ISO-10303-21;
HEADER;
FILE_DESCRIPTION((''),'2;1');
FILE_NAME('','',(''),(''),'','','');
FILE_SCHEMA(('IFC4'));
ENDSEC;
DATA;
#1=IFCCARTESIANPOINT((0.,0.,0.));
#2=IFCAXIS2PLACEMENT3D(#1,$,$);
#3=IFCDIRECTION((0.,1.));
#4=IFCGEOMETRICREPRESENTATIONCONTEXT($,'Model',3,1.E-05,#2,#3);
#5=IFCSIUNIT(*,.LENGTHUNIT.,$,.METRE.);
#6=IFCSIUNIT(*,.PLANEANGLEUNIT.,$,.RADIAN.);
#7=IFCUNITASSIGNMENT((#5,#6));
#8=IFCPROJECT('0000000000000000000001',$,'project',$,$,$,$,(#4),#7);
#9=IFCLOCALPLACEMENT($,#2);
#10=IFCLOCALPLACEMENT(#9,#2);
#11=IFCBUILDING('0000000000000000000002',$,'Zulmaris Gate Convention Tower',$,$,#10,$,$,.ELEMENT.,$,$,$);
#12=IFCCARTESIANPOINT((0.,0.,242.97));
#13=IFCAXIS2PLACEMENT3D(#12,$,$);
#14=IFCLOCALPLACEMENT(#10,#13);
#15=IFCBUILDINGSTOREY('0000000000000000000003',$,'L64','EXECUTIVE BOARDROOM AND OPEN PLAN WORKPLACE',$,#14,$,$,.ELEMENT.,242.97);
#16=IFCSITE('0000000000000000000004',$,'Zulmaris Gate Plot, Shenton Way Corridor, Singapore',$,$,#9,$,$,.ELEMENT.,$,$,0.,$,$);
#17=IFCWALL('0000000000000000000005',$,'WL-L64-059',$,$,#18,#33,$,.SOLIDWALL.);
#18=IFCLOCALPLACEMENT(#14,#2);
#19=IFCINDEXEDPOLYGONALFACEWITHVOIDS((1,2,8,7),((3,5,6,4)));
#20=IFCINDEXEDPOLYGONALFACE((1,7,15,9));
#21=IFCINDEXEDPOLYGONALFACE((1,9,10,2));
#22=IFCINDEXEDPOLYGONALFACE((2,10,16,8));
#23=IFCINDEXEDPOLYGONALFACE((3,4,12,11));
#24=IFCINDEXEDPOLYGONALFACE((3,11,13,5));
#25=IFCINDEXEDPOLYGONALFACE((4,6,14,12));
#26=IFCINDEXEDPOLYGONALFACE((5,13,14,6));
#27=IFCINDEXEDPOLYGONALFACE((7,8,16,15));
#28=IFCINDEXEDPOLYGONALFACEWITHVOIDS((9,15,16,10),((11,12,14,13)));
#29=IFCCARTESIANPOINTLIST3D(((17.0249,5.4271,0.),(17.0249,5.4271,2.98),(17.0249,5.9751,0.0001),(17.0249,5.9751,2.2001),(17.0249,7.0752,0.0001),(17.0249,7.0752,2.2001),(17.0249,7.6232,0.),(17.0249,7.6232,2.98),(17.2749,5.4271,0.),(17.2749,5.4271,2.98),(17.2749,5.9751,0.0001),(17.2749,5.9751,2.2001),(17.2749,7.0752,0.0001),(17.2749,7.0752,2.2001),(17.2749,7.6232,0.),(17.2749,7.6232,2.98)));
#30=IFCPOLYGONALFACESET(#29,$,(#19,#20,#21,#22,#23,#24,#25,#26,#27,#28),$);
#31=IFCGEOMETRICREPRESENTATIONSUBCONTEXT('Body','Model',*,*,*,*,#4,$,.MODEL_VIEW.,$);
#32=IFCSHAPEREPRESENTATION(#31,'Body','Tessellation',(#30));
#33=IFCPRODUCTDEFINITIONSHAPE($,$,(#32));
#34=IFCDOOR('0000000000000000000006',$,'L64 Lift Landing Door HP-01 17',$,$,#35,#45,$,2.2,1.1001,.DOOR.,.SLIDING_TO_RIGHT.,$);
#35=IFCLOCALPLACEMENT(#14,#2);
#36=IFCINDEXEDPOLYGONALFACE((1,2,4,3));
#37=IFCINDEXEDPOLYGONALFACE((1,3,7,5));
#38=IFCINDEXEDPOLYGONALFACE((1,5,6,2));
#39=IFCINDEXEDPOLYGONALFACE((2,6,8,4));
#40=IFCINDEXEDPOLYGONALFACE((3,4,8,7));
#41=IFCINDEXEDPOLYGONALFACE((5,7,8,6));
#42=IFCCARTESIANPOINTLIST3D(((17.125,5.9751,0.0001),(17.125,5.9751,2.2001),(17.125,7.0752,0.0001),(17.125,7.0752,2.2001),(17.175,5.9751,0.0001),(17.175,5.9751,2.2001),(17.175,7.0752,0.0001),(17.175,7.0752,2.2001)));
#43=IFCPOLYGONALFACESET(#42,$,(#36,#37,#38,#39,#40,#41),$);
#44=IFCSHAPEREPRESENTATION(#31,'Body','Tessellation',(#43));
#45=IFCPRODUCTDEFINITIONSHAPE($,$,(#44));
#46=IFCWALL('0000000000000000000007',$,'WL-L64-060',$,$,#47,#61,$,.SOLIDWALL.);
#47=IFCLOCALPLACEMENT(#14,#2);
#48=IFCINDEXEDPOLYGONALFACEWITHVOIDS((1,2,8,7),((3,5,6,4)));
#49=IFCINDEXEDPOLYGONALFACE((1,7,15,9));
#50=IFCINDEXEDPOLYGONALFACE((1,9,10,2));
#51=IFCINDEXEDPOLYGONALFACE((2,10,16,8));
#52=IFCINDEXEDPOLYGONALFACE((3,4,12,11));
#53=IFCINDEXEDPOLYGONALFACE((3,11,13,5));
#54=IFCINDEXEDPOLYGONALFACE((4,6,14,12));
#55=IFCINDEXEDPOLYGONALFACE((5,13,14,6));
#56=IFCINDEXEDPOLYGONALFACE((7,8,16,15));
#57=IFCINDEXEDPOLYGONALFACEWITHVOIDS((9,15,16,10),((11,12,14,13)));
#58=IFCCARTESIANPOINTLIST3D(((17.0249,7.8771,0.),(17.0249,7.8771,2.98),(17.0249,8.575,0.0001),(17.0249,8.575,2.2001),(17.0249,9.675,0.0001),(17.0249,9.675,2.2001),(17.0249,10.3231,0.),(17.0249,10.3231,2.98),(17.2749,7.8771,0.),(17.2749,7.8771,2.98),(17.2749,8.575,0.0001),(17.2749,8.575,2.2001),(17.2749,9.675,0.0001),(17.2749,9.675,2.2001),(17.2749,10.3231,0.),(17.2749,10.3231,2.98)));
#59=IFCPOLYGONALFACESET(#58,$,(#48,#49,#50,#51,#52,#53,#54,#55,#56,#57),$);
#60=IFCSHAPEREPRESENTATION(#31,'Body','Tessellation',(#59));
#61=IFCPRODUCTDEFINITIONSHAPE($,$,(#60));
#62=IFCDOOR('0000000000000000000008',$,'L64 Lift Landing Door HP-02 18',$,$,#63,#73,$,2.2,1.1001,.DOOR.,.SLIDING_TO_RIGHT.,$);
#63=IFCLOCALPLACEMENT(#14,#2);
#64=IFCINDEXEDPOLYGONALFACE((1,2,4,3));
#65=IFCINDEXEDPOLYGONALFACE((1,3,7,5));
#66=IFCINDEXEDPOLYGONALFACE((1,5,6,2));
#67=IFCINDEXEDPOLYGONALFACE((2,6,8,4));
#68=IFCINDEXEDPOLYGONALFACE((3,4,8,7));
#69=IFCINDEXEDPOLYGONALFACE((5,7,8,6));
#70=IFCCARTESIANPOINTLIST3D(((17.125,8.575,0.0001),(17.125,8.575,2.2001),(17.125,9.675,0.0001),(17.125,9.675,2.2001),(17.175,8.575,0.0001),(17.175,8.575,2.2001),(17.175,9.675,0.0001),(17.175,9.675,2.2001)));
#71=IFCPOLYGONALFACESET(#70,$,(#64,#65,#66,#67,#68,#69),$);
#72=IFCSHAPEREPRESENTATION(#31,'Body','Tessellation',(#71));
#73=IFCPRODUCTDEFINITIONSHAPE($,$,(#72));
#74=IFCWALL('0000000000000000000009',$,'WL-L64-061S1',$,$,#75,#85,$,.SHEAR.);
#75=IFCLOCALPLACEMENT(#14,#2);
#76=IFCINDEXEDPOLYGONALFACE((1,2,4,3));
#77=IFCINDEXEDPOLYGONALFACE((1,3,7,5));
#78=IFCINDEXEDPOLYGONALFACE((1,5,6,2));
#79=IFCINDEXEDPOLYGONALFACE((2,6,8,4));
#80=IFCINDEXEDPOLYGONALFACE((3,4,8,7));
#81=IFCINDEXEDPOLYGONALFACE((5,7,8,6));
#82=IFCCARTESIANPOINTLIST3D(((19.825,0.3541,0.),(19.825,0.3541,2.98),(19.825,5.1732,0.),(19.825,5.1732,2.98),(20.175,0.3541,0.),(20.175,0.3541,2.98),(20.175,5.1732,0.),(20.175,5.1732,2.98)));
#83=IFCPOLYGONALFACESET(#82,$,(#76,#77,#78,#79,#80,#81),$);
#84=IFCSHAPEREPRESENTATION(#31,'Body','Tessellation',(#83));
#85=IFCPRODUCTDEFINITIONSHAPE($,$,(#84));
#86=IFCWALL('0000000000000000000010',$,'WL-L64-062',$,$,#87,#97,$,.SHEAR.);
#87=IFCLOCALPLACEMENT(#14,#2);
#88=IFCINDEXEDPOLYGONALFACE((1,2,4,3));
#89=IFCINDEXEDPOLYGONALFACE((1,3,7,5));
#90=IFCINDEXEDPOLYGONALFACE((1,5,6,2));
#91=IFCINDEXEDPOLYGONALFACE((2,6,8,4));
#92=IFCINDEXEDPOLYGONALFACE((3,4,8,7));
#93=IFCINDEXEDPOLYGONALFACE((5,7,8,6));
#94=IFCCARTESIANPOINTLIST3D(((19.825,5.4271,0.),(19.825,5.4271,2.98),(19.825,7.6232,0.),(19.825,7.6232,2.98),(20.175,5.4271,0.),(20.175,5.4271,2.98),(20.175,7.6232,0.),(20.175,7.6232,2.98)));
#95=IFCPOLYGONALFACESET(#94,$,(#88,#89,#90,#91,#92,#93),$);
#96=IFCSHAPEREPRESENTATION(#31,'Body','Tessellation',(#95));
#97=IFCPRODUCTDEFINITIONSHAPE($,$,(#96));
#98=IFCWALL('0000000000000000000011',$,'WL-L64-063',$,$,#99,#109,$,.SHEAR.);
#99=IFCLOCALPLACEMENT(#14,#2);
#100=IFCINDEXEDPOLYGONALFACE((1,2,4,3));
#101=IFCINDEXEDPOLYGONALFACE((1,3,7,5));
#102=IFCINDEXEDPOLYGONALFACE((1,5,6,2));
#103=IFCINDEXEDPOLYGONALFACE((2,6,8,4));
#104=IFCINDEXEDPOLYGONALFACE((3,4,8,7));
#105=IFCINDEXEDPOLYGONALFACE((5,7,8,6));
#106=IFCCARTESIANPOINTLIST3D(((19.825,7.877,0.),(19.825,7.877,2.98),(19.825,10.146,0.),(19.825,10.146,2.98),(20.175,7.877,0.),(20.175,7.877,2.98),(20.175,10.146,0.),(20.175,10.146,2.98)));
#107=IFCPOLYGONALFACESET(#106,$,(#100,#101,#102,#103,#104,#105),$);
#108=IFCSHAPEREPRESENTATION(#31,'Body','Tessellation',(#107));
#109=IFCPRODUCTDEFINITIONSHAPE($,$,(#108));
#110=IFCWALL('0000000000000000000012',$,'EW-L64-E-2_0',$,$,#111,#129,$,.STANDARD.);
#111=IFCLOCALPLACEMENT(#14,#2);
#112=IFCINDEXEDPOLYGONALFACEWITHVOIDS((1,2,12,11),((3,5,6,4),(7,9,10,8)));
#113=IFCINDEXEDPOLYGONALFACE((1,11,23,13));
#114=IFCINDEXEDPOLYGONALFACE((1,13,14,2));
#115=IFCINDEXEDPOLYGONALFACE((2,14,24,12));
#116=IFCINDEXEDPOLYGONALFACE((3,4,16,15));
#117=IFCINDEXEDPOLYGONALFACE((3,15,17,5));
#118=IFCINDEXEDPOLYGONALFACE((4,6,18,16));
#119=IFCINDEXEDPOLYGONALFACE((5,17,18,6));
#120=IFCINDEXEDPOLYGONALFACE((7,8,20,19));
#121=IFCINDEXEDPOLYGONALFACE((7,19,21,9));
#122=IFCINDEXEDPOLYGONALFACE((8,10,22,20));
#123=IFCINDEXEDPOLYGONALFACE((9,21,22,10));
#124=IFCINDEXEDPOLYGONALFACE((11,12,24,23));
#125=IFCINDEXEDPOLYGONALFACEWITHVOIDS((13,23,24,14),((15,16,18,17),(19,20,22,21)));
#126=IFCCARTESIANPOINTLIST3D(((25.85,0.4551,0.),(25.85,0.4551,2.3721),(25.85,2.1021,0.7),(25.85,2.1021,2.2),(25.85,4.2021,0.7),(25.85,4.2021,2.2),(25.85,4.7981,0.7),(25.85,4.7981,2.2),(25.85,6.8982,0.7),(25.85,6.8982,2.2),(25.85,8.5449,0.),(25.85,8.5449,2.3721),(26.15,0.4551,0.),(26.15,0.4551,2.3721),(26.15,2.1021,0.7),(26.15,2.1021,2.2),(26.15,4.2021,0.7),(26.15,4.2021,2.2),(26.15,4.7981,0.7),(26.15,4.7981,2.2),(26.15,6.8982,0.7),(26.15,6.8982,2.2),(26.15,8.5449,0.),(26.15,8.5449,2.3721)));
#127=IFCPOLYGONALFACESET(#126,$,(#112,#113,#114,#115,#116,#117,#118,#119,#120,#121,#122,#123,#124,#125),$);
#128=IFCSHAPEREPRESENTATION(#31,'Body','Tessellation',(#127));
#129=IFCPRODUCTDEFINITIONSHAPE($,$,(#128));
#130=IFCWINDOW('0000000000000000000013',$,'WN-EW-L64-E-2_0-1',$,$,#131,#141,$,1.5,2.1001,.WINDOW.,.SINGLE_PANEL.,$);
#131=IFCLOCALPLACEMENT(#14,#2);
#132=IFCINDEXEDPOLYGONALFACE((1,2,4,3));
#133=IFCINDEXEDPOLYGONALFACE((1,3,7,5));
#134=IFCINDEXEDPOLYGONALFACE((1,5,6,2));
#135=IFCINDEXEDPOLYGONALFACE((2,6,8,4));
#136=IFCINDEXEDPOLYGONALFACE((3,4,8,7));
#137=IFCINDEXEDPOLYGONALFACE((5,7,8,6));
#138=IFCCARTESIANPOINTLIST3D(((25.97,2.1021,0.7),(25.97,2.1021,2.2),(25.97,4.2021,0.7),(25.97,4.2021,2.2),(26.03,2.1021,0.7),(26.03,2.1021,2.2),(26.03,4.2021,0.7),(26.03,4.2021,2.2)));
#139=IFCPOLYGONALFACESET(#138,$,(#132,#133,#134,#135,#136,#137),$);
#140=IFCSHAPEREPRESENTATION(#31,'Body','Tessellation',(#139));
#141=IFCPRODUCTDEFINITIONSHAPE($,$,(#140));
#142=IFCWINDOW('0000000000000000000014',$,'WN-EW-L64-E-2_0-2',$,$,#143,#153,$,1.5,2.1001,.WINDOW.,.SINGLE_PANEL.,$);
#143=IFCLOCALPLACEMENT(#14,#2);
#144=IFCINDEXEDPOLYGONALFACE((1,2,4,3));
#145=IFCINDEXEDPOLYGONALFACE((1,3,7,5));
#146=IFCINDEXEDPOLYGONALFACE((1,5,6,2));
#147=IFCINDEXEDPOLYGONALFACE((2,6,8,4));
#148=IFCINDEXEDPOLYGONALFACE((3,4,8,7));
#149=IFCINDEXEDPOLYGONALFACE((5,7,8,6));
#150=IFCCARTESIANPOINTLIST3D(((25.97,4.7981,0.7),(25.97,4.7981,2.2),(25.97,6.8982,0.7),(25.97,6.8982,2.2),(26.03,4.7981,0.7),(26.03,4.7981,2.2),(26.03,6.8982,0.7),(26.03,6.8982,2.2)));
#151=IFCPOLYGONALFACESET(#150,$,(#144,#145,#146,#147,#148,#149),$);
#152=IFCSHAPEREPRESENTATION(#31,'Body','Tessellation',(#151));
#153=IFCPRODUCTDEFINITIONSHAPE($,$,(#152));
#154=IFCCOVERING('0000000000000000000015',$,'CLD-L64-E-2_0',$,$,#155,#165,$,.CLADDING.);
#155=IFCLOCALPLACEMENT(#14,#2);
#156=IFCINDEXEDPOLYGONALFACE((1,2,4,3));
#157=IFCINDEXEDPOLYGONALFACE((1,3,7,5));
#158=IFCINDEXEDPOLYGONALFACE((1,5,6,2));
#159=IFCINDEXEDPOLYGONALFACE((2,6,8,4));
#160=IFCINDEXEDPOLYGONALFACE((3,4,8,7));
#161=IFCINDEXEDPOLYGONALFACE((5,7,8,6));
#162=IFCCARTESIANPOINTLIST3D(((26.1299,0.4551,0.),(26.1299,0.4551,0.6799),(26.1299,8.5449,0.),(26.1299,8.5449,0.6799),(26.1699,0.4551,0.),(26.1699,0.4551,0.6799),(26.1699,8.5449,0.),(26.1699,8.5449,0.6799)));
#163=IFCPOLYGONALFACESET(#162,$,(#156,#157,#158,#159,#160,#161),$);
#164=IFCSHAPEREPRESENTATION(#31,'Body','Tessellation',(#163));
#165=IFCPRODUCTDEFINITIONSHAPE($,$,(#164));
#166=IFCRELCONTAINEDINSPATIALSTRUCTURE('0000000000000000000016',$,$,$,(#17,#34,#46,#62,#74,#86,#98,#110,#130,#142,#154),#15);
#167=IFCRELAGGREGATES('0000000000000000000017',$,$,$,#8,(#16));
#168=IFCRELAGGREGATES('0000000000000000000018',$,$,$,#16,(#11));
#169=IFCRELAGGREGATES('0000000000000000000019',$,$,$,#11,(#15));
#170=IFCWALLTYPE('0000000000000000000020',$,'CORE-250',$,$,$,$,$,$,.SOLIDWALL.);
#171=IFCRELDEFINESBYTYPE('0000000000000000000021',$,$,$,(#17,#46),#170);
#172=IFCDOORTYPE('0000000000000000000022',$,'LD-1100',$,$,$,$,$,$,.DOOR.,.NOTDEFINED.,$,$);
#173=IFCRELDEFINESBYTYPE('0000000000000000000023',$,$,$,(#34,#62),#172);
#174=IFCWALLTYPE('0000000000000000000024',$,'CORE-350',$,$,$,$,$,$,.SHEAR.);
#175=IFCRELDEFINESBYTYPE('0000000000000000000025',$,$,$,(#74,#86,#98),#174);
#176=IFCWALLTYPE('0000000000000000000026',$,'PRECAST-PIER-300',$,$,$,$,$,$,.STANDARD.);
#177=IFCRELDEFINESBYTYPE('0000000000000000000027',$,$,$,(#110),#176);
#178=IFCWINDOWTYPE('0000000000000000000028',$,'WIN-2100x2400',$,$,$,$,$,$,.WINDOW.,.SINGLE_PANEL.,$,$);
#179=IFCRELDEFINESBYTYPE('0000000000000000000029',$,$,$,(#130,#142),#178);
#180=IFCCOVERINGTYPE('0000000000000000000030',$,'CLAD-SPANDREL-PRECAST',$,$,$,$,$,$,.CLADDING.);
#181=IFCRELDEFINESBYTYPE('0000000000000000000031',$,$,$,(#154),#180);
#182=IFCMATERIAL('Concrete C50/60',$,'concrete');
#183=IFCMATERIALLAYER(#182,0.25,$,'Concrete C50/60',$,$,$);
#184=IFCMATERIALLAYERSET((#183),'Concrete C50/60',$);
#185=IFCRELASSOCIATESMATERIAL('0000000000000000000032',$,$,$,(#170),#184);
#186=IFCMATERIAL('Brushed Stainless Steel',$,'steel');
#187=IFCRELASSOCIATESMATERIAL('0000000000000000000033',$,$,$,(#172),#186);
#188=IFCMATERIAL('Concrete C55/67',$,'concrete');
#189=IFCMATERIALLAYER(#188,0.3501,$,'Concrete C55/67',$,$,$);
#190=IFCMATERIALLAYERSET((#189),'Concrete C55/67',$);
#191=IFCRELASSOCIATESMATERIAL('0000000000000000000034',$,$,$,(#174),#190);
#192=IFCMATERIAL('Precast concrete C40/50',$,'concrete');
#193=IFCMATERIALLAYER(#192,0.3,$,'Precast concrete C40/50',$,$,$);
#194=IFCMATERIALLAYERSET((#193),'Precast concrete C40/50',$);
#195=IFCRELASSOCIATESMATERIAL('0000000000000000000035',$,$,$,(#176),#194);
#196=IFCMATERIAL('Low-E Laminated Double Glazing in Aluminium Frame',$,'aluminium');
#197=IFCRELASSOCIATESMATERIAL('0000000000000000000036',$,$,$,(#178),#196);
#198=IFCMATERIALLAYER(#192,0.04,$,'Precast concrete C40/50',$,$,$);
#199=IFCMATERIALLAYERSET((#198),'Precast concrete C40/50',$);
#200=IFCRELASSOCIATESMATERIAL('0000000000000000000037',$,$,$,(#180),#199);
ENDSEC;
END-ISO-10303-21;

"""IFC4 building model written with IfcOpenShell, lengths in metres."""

from ifc_helpers import new_model, si_unit, direction, frame, frame_2d, origin, place, context, subcontext, project, spatial, rectangle, extrude, material, layer, layer_set, type_object, element, fill, save


model = new_model("IFC4")

# Units and contexts
model_context = context("Model", 3, precision=1e-05, world=origin(), true_north=direction((0.0, 1.0)))
body_context = subcontext(model_context, "Body", "Model", "MODEL_VIEW")
ifc_project = project(units=[si_unit("LENGTHUNIT", "METRE"), si_unit("PLANEANGLEUNIT", "RADIAN")], contexts=[model_context])

# Site, building, storey
site_placement = place(None, origin())
site = spatial("IfcSite", under=ifc_project, at=site_placement, Name="Zulmaris Gate Plot, Shenton Way Corridor, Singapore", CompositionType="ELEMENT", RefElevation=0.0)
building_placement = place(site_placement, origin())
building = spatial("IfcBuilding", under=site, at=building_placement, Name="Zulmaris Gate Convention Tower", CompositionType="ELEMENT")
storey_placement = place(building_placement, frame((0.0, 0.0, 242.97)))
storey = spatial("IfcBuildingStorey", under=building, at=storey_placement, Name="L64", Description="EXECUTIVE BOARDROOM AND OPEN PLAN WORKPLACE", CompositionType="ELEMENT", Elevation=242.97)

# Shared definitions
ifc_material_1 = material(Name="Concrete C50/60", Category="concrete")

# Shared definitions
ifc_layer_1 = layer(ifc_material_1, 0.25, Name="Concrete C50/60")
ifc_layer_set_1 = layer_set([ifc_layer_1], Name="Concrete C50/60")
wall_type_1 = type_object("IfcWallType", Name="CORE-250", PredefinedType="SOLIDWALL", material=ifc_layer_set_1)

# Walls, openings, doors
wall_1_placement = place(storey_placement, frame((17.1499, 5.427, 0.0), z_axis=(0.0, 0.0, 1.0), x_axis=(0.0, 1.0, 0.0)))
wall_1 = element("IfcWall", 1, at=wall_1_placement, inside=storey, type_object=wall_type_1, Name="WL-L64-059", PredefinedType="SOLIDWALL", context=body_context, shape_type="SweptSolid", body=[
    extrude(rectangle(XDim=2.196, YDim=0.25, at=frame_2d((1.0981, 0.0))), origin(), (0.0, 0.0, 1.0), 2.98),
])
opening_1_placement = place(wall_1_placement, frame((0.5481, 0.0, 0.0)))
opening_1 = element("IfcOpeningElement", 2, at=opening_1_placement, cuts=wall_1, PredefinedType="OPENING", context=body_context, shape_type="SweptSolid", body=[
    extrude(rectangle(XDim=1.1001, YDim=2.2, at=frame_2d((0.55, 1.1001))), frame((0.0, 0.135, 0.0), z_axis=(0.0, -1.0, 0.0), x_axis=(1.0, 0.0, 0.0)), (0.0, 0.0, 1.0), 0.27),
])
ifc_material_2 = material(Name="Brushed Stainless Steel", Category="steel")
door_type = type_object("IfcDoorType", Name="LD-1100", OperationType="NOTDEFINED", PredefinedType="DOOR", material=ifc_material_2)
door_1_placement = place(opening_1_placement, origin())
door_1 = element("IfcDoor", 3, at=door_1_placement, inside=storey, type_object=door_type, Name="L64 Lift Landing Door HP-01 17", OperationType="SLIDING_TO_RIGHT", OverallHeight=2.2, OverallWidth=1.1001, PredefinedType="DOOR", context=body_context, shape_type="SweptSolid", body=[
    extrude(rectangle(XDim=1.1001, YDim=2.2, at=frame_2d((0.55, 1.1001))), frame((0.0, 0.0249, 0.0), z_axis=(0.0, -1.0, 0.0), x_axis=(1.0, 0.0, 0.0)), (0.0, 0.0, 1.0), 0.05),
])
fill(opening_1, door_1)
wall_2_placement = place(storey_placement, frame((17.1499, 7.877, 0.0), z_axis=(0.0, 0.0, 1.0), x_axis=(0.0, 1.0, 0.0)))
wall_2 = element("IfcWall", 4, at=wall_2_placement, inside=storey, type_object=wall_type_1, Name="WL-L64-060", PredefinedType="SOLIDWALL", context=body_context, shape_type="SweptSolid", body=[
    extrude(rectangle(XDim=2.446, YDim=0.25, at=frame_2d((1.2231, 0.0))), origin(), (0.0, 0.0, 1.0), 2.98),
])
opening_2_placement = place(wall_2_placement, frame((0.698, 0.0, 0.0)))
opening_2 = element("IfcOpeningElement", 5, at=opening_2_placement, cuts=wall_2, PredefinedType="OPENING", context=body_context, shape_type="SweptSolid", body=[
    extrude(rectangle(XDim=1.1001, YDim=2.2, at=frame_2d((0.55, 1.1001))), frame((0.0, 0.135, 0.0), z_axis=(0.0, -1.0, 0.0), x_axis=(1.0, 0.0, 0.0)), (0.0, 0.0, 1.0), 0.27),
])
door_2_placement = place(opening_2_placement, origin())
door_2 = element("IfcDoor", 6, at=door_2_placement, inside=storey, type_object=door_type, Name="L64 Lift Landing Door HP-02 18", OperationType="SLIDING_TO_RIGHT", OverallHeight=2.2, OverallWidth=1.1001, PredefinedType="DOOR", context=body_context, shape_type="SweptSolid", body=[
    extrude(rectangle(XDim=1.1001, YDim=2.2, at=frame_2d((0.55, 1.1001))), frame((0.0, 0.0249, 0.0), z_axis=(0.0, -1.0, 0.0), x_axis=(1.0, 0.0, 0.0)), (0.0, 0.0, 1.0), 0.05),
])
fill(opening_2, door_2)

# Walls
ifc_material_3 = material(Name="Concrete C55/67", Category="concrete")
ifc_layer_2 = layer(ifc_material_3, 0.3501, Name="Concrete C55/67")
ifc_layer_set_2 = layer_set([ifc_layer_2], Name="Concrete C55/67")
wall_type_2 = type_object("IfcWallType", Name="CORE-350", PredefinedType="SHEAR", material=ifc_layer_set_2)
wall_3_placement = place(storey_placement, frame((20.0, 0.354, 0.0), z_axis=(0.0, 0.0, 1.0), x_axis=(0.0, 1.0, 0.0)))
element("IfcWall", 7, at=wall_3_placement, inside=storey, type_object=wall_type_2, Name="WL-L64-061S1", PredefinedType="SHEAR", context=body_context, shape_type="SweptSolid", body=[
    extrude(rectangle(XDim=4.8191, YDim=0.3501, at=frame_2d((2.4097, 0.0))), origin(), (0.0, 0.0, 1.0), 2.98),
])
wall_4_placement = place(storey_placement, frame((20.0, 5.427, 0.0), z_axis=(0.0, 0.0, 1.0), x_axis=(0.0, 1.0, 0.0)))
element("IfcWall", 8, at=wall_4_placement, inside=storey, type_object=wall_type_2, Name="WL-L64-062", PredefinedType="SHEAR", context=body_context, shape_type="SweptSolid", body=[
    extrude(rectangle(XDim=2.196, YDim=0.3501, at=frame_2d((1.0981, 0.0))), origin(), (0.0, 0.0, 1.0), 2.98),
])
wall_5_placement = place(storey_placement, frame((20.0, 7.877, 0.0), z_axis=(0.0, 0.0, 1.0), x_axis=(0.0, 1.0, 0.0)))
element("IfcWall", 9, at=wall_5_placement, inside=storey, type_object=wall_type_2, Name="WL-L64-063", PredefinedType="SHEAR", context=body_context, shape_type="SweptSolid", body=[
    extrude(rectangle(XDim=2.269, YDim=0.3501, at=frame_2d((1.1345, 0.0))), origin(), (0.0, 0.0, 1.0), 2.98),
])

# Wall, openings, windows
ifc_material_4 = material(Name="Precast concrete C40/50", Category="concrete")
ifc_layer_3 = layer(ifc_material_4, 0.3, Name="Precast concrete C40/50")
ifc_layer_set_3 = layer_set([ifc_layer_3], Name="Precast concrete C40/50")
wall_type_3 = type_object("IfcWallType", Name="PRECAST-PIER-300", PredefinedType="STANDARD", material=ifc_layer_set_3)
wall_6_placement = place(storey_placement, frame((26.0, 0.4551, 0.0), z_axis=(0.0, 0.0, 1.0), x_axis=(0.0, 1.0, 0.0)))
wall_6 = element("IfcWall", 10, at=wall_6_placement, inside=storey, type_object=wall_type_3, Name="EW-L64-E-2_0", PredefinedType="STANDARD", context=body_context, shape_type="SweptSolid", body=[
    extrude(rectangle(XDim=8.0898, YDim=0.3, at=frame_2d((4.0449, 0.0))), origin(), (0.0, 0.0, 1.0), 2.3721),
])
opening_3_placement = place(wall_6_placement, frame((1.647, 0.0, 0.7)))
opening_3 = element("IfcOpeningElement", 11, at=opening_3_placement, cuts=wall_6, PredefinedType="OPENING", context=body_context, shape_type="SweptSolid", body=[
    extrude(rectangle(XDim=2.1001, YDim=1.5, at=frame_2d((1.05, 0.75))), frame((0.0, 0.1602, 0.0), z_axis=(0.0, -1.0, 0.0), x_axis=(1.0, 0.0, 0.0)), (0.0, 0.0, 1.0), 0.3201),
])
opening_4_placement = place(wall_6_placement, frame((4.343, 0.0, 0.7)))
opening_4 = element("IfcOpeningElement", 12, at=opening_4_placement, cuts=wall_6, PredefinedType="OPENING", context=body_context, shape_type="SweptSolid", body=[
    extrude(rectangle(XDim=2.1001, YDim=1.5, at=frame_2d((1.05, 0.75))), frame((0.0, 0.1602, 0.0), z_axis=(0.0, -1.0, 0.0), x_axis=(1.0, 0.0, 0.0)), (0.0, 0.0, 1.0), 0.3201),
])
ifc_material_5 = material(Name="Low-E Laminated Double Glazing in Aluminium Frame", Category="aluminium")
window_type = type_object("IfcWindowType", Name="WIN-2100x2400", PartitioningType="SINGLE_PANEL", PredefinedType="WINDOW", material=ifc_material_5)
window_1_placement = place(opening_3_placement, origin())
window_1 = element("IfcWindow", 13, at=window_1_placement, inside=storey, type_object=window_type, Name="WN-EW-L64-E-2_0-1", OverallHeight=1.5, OverallWidth=2.1001, PartitioningType="SINGLE_PANEL", PredefinedType="WINDOW", context=body_context, shape_type="SweptSolid", body=[
    extrude(rectangle(XDim=2.1001, YDim=1.5, at=frame_2d((1.05, 0.75))), frame((0.0, 0.03, 0.0), z_axis=(0.0, -1.0, 0.0), x_axis=(1.0, 0.0, 0.0)), (0.0, 0.0, 1.0), 0.0601),
])
fill(opening_3, window_1)
window_2_placement = place(opening_4_placement, origin())
window_2 = element("IfcWindow", 14, at=window_2_placement, inside=storey, type_object=window_type, Name="WN-EW-L64-E-2_0-2", OverallHeight=1.5, OverallWidth=2.1001, PartitioningType="SINGLE_PANEL", PredefinedType="WINDOW", context=body_context, shape_type="SweptSolid", body=[
    extrude(rectangle(XDim=2.1001, YDim=1.5, at=frame_2d((1.05, 0.75))), frame((0.0, 0.03, 0.0), z_axis=(0.0, -1.0, 0.0), x_axis=(1.0, 0.0, 0.0)), (0.0, 0.0, 1.0), 0.0601),
])
fill(opening_4, window_2)

# Covering
ifc_layer_4 = layer(ifc_material_4, 0.04, Name="Precast concrete C40/50")
ifc_layer_set_4 = layer_set([ifc_layer_4], Name="Precast concrete C40/50")
covering_type = type_object("IfcCoveringType", Name="CLAD-SPANDREL-PRECAST", PredefinedType="CLADDING", material=ifc_layer_set_4)
covering_placement = place(storey_placement, frame((26.1499, 0.4551, 0.0), z_axis=(0.0, 0.0, 1.0), x_axis=(0.0, 1.0, 0.0)))
element("IfcCovering", 15, at=covering_placement, inside=storey, type_object=covering_type, Name="CLD-L64-E-2_0", PredefinedType="CLADDING", context=body_context, shape_type="SweptSolid", body=[
    extrude(rectangle(XDim=8.0898, YDim=0.04, at=frame_2d((4.0449, 0.0))), origin(), (0.0, 0.0, 1.0), 0.6799),
])

save(model, "model.ifc")
